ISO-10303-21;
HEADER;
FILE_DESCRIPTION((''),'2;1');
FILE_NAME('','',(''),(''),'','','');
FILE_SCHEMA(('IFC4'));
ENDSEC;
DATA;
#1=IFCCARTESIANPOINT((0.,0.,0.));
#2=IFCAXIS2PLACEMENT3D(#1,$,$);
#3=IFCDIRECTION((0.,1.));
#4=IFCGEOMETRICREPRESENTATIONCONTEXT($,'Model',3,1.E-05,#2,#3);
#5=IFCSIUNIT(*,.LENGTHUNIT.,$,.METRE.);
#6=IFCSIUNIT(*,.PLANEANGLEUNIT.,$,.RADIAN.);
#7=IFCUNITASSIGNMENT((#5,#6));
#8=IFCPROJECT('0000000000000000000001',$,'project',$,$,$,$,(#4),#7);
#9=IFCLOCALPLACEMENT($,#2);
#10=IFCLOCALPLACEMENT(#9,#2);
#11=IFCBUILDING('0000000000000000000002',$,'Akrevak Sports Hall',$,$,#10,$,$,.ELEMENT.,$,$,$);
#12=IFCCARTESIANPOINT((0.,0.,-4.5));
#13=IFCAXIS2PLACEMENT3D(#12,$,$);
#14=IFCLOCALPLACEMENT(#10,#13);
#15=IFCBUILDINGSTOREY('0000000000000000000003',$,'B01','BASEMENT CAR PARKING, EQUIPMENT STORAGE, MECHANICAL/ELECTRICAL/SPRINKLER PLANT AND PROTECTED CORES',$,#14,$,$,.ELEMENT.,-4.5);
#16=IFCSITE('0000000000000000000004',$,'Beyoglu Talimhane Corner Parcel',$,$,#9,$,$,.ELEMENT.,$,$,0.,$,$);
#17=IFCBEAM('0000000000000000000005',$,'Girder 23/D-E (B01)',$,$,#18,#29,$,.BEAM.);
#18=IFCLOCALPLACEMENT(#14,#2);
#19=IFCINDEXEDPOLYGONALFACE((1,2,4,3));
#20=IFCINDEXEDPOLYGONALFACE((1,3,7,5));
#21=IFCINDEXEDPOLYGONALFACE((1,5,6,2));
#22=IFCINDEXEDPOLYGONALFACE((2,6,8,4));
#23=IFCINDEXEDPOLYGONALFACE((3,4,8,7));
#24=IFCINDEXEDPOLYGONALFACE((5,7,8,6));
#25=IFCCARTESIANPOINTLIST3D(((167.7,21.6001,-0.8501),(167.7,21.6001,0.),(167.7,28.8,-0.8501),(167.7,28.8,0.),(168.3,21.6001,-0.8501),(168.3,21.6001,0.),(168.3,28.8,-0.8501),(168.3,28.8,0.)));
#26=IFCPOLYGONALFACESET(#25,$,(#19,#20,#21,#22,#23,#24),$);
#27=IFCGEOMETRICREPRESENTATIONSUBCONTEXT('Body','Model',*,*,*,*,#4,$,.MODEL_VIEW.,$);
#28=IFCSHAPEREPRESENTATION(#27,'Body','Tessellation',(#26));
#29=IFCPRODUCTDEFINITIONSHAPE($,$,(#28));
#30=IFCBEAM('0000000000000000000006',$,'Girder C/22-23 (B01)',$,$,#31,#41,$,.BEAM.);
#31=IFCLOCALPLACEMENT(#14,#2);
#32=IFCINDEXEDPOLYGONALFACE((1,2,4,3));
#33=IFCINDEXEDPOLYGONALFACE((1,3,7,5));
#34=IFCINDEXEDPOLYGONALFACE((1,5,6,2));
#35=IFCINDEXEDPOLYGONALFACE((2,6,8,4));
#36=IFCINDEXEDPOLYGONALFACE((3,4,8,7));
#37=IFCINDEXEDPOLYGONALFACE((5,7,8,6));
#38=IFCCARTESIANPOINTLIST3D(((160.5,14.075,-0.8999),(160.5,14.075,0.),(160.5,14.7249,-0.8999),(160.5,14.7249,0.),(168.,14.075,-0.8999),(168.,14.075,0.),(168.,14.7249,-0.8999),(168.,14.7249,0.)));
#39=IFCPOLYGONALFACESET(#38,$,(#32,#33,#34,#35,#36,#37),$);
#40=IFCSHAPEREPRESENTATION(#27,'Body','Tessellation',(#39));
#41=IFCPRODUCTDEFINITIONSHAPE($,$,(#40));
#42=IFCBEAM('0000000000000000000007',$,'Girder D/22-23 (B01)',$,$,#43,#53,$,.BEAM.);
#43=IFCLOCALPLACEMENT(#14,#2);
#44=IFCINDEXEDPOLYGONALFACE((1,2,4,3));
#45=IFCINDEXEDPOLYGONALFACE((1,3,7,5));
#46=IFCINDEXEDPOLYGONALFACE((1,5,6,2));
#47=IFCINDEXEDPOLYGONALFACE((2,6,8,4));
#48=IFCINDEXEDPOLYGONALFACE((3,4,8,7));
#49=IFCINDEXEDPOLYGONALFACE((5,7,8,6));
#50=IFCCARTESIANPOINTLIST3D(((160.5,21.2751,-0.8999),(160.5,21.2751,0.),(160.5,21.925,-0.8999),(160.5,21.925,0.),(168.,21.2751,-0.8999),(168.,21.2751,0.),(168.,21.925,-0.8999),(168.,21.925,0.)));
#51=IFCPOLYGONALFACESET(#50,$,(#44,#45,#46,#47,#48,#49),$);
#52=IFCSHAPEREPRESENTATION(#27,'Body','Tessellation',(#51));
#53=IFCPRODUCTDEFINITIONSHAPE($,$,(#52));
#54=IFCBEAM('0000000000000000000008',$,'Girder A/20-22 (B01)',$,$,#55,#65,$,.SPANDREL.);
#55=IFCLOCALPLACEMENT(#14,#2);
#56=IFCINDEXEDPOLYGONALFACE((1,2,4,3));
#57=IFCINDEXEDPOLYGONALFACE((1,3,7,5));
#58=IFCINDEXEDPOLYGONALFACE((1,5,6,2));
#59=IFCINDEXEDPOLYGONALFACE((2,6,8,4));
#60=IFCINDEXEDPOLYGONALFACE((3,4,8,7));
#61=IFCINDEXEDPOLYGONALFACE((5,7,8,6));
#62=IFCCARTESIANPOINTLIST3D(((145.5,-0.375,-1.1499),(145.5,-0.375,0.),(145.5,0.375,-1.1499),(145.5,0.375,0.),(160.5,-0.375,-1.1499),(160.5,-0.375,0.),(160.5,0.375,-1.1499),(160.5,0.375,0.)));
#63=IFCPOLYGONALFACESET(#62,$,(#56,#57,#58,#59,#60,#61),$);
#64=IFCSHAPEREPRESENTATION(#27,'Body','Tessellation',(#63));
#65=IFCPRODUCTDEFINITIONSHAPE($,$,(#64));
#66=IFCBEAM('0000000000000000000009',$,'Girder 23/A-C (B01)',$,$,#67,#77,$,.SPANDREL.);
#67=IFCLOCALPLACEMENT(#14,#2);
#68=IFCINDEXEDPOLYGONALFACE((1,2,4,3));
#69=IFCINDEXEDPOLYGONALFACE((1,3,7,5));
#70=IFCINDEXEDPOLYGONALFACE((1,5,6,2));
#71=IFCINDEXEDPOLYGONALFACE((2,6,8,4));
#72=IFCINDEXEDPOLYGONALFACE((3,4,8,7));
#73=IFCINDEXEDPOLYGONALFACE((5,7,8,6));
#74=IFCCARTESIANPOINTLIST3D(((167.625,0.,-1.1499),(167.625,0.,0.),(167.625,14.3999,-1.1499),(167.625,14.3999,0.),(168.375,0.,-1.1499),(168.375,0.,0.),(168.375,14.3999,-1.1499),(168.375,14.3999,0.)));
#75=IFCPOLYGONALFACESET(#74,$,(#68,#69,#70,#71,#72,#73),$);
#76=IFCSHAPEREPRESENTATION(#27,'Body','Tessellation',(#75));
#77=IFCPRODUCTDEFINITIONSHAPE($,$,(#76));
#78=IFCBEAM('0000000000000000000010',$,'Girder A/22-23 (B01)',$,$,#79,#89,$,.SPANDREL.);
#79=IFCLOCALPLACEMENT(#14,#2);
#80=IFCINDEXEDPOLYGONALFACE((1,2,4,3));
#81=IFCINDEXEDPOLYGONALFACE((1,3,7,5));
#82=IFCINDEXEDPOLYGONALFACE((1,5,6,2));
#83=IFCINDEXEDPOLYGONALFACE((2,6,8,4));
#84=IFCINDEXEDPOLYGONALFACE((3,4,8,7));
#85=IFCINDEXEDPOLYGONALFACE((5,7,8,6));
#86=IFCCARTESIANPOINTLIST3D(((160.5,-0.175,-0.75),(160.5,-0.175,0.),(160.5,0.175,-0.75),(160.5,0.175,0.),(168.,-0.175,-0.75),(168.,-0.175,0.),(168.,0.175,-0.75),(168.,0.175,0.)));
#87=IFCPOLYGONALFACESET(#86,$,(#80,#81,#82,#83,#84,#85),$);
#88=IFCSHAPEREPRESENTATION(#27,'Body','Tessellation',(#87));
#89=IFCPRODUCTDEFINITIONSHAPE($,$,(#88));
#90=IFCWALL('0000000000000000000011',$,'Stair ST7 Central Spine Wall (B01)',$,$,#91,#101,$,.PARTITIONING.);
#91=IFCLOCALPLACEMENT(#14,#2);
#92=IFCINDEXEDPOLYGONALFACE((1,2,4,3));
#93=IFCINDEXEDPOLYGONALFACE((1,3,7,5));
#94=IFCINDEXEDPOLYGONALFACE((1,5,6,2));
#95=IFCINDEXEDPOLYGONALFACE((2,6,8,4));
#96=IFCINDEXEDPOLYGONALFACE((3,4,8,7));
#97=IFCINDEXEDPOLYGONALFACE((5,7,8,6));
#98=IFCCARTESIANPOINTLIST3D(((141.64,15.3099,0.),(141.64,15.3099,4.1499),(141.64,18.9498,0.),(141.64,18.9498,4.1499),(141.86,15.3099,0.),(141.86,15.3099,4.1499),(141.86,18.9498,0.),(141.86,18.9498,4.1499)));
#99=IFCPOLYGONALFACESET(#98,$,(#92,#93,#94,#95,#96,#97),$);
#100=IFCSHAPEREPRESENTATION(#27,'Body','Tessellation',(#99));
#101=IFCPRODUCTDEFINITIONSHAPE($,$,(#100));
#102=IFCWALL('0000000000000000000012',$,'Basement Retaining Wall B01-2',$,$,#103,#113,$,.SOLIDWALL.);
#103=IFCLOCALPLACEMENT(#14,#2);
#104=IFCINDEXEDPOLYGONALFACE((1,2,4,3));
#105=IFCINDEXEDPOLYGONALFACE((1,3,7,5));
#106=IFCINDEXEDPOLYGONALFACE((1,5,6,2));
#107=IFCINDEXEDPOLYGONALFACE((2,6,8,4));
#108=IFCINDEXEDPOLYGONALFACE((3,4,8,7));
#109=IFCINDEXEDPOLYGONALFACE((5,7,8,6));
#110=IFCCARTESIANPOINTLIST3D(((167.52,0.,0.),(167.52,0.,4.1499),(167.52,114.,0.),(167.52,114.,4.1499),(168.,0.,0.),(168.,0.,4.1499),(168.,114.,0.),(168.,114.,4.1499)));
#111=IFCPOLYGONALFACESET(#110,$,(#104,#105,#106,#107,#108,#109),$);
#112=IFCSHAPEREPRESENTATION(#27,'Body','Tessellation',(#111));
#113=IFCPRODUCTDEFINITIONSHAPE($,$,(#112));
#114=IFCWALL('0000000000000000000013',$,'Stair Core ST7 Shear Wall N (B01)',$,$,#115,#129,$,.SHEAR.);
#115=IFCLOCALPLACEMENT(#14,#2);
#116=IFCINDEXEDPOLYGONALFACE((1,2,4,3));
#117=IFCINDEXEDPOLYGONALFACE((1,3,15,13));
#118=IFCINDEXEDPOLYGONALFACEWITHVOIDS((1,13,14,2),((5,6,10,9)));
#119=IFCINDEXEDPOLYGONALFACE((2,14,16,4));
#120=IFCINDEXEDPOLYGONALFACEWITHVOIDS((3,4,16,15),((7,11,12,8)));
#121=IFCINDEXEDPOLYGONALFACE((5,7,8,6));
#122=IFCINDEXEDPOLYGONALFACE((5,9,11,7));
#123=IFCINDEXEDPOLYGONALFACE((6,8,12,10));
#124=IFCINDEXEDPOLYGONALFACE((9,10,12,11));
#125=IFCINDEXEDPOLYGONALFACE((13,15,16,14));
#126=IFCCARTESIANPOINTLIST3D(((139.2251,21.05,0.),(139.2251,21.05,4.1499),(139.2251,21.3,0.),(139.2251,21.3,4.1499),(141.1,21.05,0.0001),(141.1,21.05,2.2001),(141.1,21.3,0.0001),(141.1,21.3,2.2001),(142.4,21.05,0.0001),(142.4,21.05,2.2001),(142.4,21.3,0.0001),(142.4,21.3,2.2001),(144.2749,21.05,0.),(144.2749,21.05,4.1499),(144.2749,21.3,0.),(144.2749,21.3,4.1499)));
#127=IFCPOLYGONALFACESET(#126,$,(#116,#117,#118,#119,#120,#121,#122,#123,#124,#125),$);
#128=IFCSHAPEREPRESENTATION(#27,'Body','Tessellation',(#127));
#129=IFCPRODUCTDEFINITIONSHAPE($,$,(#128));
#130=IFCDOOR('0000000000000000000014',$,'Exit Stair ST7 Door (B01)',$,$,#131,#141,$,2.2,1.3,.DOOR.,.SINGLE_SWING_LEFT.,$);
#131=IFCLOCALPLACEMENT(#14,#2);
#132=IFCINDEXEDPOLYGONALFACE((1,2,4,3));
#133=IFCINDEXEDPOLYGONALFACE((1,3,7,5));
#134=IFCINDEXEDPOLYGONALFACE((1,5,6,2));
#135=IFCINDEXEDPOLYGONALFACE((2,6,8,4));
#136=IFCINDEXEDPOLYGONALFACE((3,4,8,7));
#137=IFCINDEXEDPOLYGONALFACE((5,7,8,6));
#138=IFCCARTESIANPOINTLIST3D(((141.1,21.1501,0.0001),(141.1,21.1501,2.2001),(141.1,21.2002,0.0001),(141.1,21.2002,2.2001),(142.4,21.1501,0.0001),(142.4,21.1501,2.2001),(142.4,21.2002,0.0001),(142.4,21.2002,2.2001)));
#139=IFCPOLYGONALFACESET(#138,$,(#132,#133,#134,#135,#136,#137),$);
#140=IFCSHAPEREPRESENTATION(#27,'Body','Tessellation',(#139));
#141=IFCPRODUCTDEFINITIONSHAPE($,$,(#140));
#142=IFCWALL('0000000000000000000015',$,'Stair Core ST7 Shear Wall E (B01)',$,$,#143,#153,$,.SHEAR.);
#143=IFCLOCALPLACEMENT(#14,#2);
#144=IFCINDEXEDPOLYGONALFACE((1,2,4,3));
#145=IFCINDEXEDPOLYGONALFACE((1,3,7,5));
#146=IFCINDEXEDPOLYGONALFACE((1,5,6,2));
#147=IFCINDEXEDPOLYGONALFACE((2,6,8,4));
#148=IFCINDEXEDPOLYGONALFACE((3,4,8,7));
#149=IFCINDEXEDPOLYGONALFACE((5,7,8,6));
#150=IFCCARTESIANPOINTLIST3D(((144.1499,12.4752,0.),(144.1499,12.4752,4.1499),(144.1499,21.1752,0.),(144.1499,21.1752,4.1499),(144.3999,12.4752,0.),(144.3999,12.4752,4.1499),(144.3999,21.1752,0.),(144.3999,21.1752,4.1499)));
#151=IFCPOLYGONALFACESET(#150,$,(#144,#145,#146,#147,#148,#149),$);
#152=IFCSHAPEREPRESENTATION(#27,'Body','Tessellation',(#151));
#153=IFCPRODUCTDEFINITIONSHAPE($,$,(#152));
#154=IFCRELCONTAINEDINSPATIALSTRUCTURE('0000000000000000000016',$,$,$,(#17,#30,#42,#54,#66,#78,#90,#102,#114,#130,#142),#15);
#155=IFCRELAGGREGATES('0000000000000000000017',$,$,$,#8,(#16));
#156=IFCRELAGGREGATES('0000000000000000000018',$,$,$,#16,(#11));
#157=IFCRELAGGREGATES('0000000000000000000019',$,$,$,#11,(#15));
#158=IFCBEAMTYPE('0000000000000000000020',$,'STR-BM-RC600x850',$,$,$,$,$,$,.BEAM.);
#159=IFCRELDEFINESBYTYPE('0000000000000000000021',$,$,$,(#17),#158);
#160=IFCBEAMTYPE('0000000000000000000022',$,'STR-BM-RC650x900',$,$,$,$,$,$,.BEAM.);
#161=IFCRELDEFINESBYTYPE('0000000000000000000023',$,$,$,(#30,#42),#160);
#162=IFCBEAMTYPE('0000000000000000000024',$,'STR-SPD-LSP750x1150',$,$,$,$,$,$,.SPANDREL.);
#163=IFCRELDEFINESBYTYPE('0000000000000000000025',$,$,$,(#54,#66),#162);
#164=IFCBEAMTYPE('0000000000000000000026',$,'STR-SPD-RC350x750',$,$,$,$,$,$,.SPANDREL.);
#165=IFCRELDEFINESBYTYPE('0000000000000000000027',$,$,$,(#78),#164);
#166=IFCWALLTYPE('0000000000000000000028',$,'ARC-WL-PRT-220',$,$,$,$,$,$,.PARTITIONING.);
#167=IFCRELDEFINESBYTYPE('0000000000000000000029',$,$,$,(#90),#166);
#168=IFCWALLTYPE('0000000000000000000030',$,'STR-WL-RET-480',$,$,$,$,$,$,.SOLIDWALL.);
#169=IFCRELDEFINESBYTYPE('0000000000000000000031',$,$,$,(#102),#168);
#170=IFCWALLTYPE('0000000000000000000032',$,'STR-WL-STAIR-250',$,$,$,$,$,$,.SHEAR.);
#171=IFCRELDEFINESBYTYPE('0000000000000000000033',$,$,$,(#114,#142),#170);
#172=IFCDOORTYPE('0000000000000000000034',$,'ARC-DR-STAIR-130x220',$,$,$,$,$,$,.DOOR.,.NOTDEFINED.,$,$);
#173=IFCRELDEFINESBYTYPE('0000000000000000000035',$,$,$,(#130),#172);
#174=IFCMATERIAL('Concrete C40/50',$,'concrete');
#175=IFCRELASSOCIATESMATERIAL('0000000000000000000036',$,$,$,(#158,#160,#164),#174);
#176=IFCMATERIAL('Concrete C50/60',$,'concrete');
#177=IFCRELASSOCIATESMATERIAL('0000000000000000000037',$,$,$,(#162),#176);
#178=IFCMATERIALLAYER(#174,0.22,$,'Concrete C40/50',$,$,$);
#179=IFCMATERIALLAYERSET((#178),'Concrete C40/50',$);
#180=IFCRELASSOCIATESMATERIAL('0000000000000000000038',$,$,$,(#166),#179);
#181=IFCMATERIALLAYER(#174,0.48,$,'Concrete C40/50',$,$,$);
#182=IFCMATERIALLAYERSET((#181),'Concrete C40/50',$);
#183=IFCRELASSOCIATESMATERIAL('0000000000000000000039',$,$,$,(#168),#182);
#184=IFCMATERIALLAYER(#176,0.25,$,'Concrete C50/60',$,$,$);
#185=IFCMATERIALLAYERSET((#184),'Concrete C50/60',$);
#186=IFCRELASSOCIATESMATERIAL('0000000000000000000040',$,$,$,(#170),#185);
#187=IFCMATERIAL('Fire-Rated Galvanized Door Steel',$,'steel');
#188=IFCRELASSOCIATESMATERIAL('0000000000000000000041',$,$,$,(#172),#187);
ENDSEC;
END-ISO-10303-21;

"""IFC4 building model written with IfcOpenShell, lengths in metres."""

from ifc_helpers import new_model, si_unit, direction, frame, frame_2d, origin, origin_2d, place, context, subcontext, project, spatial, rectangle, extrude, material, layer, layer_set, material_profile, profile_set, type_object, element, fill, save


model = new_model("IFC4")

# Units and contexts
model_context = context("Model", 3, precision=1e-05, world=origin(), true_north=direction((0.0, 1.0)))
body_context = subcontext(model_context, "Body", "Model", "MODEL_VIEW")
ifc_project = project(units=[si_unit("LENGTHUNIT", "METRE"), si_unit("PLANEANGLEUNIT", "RADIAN")], contexts=[model_context])

# Site, building, storey
site_placement = place(None, origin())
site = spatial("IfcSite", under=ifc_project, at=site_placement, Name="Beyoglu Talimhane Corner Parcel", CompositionType="ELEMENT", RefElevation=0.0)
building_placement = place(site_placement, origin())
building = spatial("IfcBuilding", under=site, at=building_placement, Name="Akrevak Sports Hall", CompositionType="ELEMENT")
storey_placement = place(building_placement, frame((0.0, 0.0, -4.5)))
storey = spatial("IfcBuildingStorey", under=building, at=storey_placement, Name="B01", Description="BASEMENT CAR PARKING, EQUIPMENT STORAGE, MECHANICAL/ELECTRICAL/SPRINKLER PLANT AND PROTECTED CORES", CompositionType="ELEMENT", Elevation=-4.5)

# Shared definitions
ifc_material_1 = material(Name="Concrete C40/50", Category="concrete")
ifc_material_2 = material(Name="Concrete C50/60", Category="concrete")

# Beams
ifc_material_profile_1 = material_profile(ifc_material_1, rectangle(XDim=0.6001, YDim=0.8501, at=origin_2d()), Name="BM 600x850", Category="concrete")
ifc_profile_set_1 = profile_set([ifc_material_profile_1], Name="Concrete C40/50")
beam_type_1 = type_object("IfcBeamType", Name="STR-BM-RC600x850", PredefinedType="BEAM", material=ifc_profile_set_1)
beam_1_placement = place(storey_placement, frame((168.0, 21.6001, -0.425), z_axis=(0.0, 1.0, 0.0), x_axis=(-1.0, 0.0, 0.0)))
element("IfcBeam", 1, at=beam_1_placement, inside=storey, type_object=beam_type_1, Name="Girder 23/D-E (B01)", PredefinedType="BEAM", context=body_context, shape_type="SweptSolid", body=[
    extrude(rectangle(XDim=0.6001, YDim=0.8501, at=origin_2d()), origin(), (0.0, 0.0, 1.0), 7.2),
])
ifc_material_profile_2 = material_profile(ifc_material_1, rectangle(XDim=0.6499, YDim=0.8999, at=origin_2d()), Name="BM 650x900", Category="concrete")
ifc_profile_set_2 = profile_set([ifc_material_profile_2], Name="Concrete C40/50")
beam_type_2 = type_object("IfcBeamType", Name="STR-BM-RC650x900", PredefinedType="BEAM", material=ifc_profile_set_2)
for number, where, z_axis, x_axis, name in (
    (2, (160.5, 14.3999, -0.45), (1.0, 0.0, 0.0), (0.0, 1.0, 0.0), "Girder C/22-23 (B01)"),
    (3, (160.5, 21.6001, -0.45), (1.0, 0.0, 0.0), (0.0, 1.0, 0.0), "Girder D/22-23 (B01)"),
):
    element("IfcBeam", number, at=place(storey_placement, frame(where, z_axis=z_axis, x_axis=x_axis)), inside=storey, type_object=beam_type_2, Name=name, PredefinedType="BEAM", context=body_context, shape_type="SweptSolid", body=[
        extrude(rectangle(XDim=0.6499, YDim=0.8999, at=origin_2d()), origin(), (0.0, 0.0, 1.0), 7.5),
    ])
ifc_material_profile_3 = material_profile(ifc_material_2, rectangle(XDim=0.75, YDim=1.1499, at=origin_2d()), Name="SPD 750x1150", Category="concrete")
ifc_profile_set_3 = profile_set([ifc_material_profile_3], Name="Concrete C50/60")
beam_type_3 = type_object("IfcBeamType", Name="STR-SPD-LSP750x1150", PredefinedType="SPANDREL", material=ifc_profile_set_3)
beam_2_placement = place(storey_placement, frame((145.5, 0.0, -0.575), z_axis=(1.0, 0.0, 0.0), x_axis=(0.0, 1.0, 0.0)))
element("IfcBeam", 4, at=beam_2_placement, inside=storey, type_object=beam_type_3, Name="Girder A/20-22 (B01)", PredefinedType="SPANDREL", context=body_context, shape_type="SweptSolid", body=[
    extrude(rectangle(XDim=0.75, YDim=1.1499, at=origin_2d()), origin(), (0.0, 0.0, 1.0), 15.0),
])
beam_3_placement = place(storey_placement, frame((168.0, 0.0, -0.575), z_axis=(0.0, 1.0, 0.0), x_axis=(-1.0, 0.0, 0.0)))
element("IfcBeam", 5, at=beam_3_placement, inside=storey, type_object=beam_type_3, Name="Girder 23/A-C (B01)", PredefinedType="SPANDREL", context=body_context, shape_type="SweptSolid", body=[
    extrude(rectangle(XDim=0.75, YDim=1.1499, at=origin_2d()), origin(), (0.0, 0.0, 1.0), 14.3999),
])
ifc_material_profile_4 = material_profile(ifc_material_1, rectangle(XDim=0.3501, YDim=0.75, at=origin_2d()), Name="SPD 350x750", Category="concrete")
ifc_profile_set_4 = profile_set([ifc_material_profile_4], Name="Concrete C40/50")
beam_type_4 = type_object("IfcBeamType", Name="STR-SPD-RC350x750", PredefinedType="SPANDREL", material=ifc_profile_set_4)
beam_4_placement = place(storey_placement, frame((160.5, 0.0, -0.375), z_axis=(1.0, 0.0, 0.0), x_axis=(0.0, 1.0, 0.0)))
element("IfcBeam", 6, at=beam_4_placement, inside=storey, type_object=beam_type_4, Name="Girder A/22-23 (B01)", PredefinedType="SPANDREL", context=body_context, shape_type="SweptSolid", body=[
    extrude(rectangle(XDim=0.3501, YDim=0.75, at=origin_2d()), origin(), (0.0, 0.0, 1.0), 7.5),
])

# Walls
ifc_layer_1 = layer(ifc_material_1, 0.22, Name="Concrete C40/50")
ifc_layer_set_1 = layer_set([ifc_layer_1], Name="Concrete C40/50")
wall_type_1 = type_object("IfcWallType", Name="ARC-WL-PRT-220", PredefinedType="PARTITIONING", material=ifc_layer_set_1)
wall_1_placement = place(storey_placement, frame((141.75, 15.3101, 0.0), z_axis=(0.0, 0.0, 1.0), x_axis=(0.0, 1.0, 0.0)))
element("IfcWall", 7, at=wall_1_placement, inside=storey, type_object=wall_type_1, Name="Stair ST7 Central Spine Wall (B01)", PredefinedType="PARTITIONING", context=body_context, shape_type="SweptSolid", body=[
    extrude(rectangle(XDim=3.6399, YDim=0.22, at=frame_2d((1.8198, 0.0))), origin(), (0.0, 0.0, 1.0), 4.1499),
])
ifc_layer_2 = layer(ifc_material_1, 0.48, Name="Concrete C40/50")
ifc_layer_set_2 = layer_set([ifc_layer_2], Name="Concrete C40/50")
wall_type_2 = type_object("IfcWallType", Name="STR-WL-RET-480", PredefinedType="SOLIDWALL", material=ifc_layer_set_2)
wall_2_placement = place(storey_placement, frame((167.76, 0.0, 0.0), z_axis=(0.0, 0.0, 1.0), x_axis=(0.0, 1.0, 0.0)))
element("IfcWall", 8, at=wall_2_placement, inside=storey, type_object=wall_type_2, Name="Basement Retaining Wall B01-2", PredefinedType="SOLIDWALL", context=body_context, shape_type="SweptSolid", body=[
    extrude(rectangle(XDim=114.0, YDim=0.48, at=frame_2d((57.0, 0.0))), origin(), (0.0, 0.0, 1.0), 4.1499),
])

# Wall, opening, door
ifc_layer_3 = layer(ifc_material_2, 0.25, Name="Concrete C50/60")
ifc_layer_set_3 = layer_set([ifc_layer_3], Name="Concrete C50/60")
wall_type_3 = type_object("IfcWallType", Name="STR-WL-STAIR-250", PredefinedType="SHEAR", material=ifc_layer_set_3)
wall_3_placement = place(storey_placement, frame((144.2749, 21.175, 0.0), z_axis=(0.0, 0.0, 1.0), x_axis=(-1.0, 0.0, 0.0)))
wall_3 = element("IfcWall", 9, at=wall_3_placement, inside=storey, type_object=wall_type_3, Name="Stair Core ST7 Shear Wall N (B01)", PredefinedType="SHEAR", context=body_context, shape_type="SweptSolid", body=[
    extrude(rectangle(XDim=5.0498, YDim=0.25, at=frame_2d((2.5249, 0.0))), origin(), (0.0, 0.0, 1.0), 4.1499),
])
opening_placement = place(wall_3_placement, frame((1.875, 0.0, 0.0)))
opening = element("IfcOpeningElement", 10, at=opening_placement, cuts=wall_3, PredefinedType="OPENING", context=body_context, shape_type="SweptSolid", body=[
    extrude(rectangle(XDim=1.3, YDim=2.2, at=frame_2d((0.6499, 1.1001))), frame((0.0, 0.137, 0.0), z_axis=(0.0, -1.0, 0.0), x_axis=(1.0, 0.0, 0.0)), (0.0, 0.0, 1.0), 0.2739),
])
ifc_material_3 = material(Name="Fire-Rated Galvanized Door Steel", Category="steel")
door_type = type_object("IfcDoorType", Name="ARC-DR-STAIR-130x220", OperationType="NOTDEFINED", PredefinedType="DOOR", material=ifc_material_3)
door_placement = place(opening_placement, origin())
door = element("IfcDoor", 11, at=door_placement, inside=storey, type_object=door_type, Name="Exit Stair ST7 Door (B01)", OperationType="SINGLE_SWING_LEFT", OverallHeight=2.2, OverallWidth=1.3, PredefinedType="DOOR", context=body_context, shape_type="SweptSolid", body=[
    extrude(rectangle(XDim=1.3, YDim=2.2, at=frame_2d((0.6499, 1.1001))), frame((0.0, 0.0249, 0.0), z_axis=(0.0, -1.0, 0.0), x_axis=(1.0, 0.0, 0.0)), (0.0, 0.0, 1.0), 0.05),
])
fill(opening, door)

# Wall
wall_4_placement = place(storey_placement, frame((144.2749, 12.4751, 0.0), z_axis=(0.0, 0.0, 1.0), x_axis=(0.0, 1.0, 0.0)))
element("IfcWall", 12, at=wall_4_placement, inside=storey, type_object=wall_type_3, Name="Stair Core ST7 Shear Wall E (B01)", PredefinedType="SHEAR", context=body_context, shape_type="SweptSolid", body=[
    extrude(rectangle(XDim=8.7, YDim=0.25, at=frame_2d((4.3501, 0.0))), origin(), (0.0, 0.0, 1.0), 4.1499),
])

save(model, "model.ifc")
